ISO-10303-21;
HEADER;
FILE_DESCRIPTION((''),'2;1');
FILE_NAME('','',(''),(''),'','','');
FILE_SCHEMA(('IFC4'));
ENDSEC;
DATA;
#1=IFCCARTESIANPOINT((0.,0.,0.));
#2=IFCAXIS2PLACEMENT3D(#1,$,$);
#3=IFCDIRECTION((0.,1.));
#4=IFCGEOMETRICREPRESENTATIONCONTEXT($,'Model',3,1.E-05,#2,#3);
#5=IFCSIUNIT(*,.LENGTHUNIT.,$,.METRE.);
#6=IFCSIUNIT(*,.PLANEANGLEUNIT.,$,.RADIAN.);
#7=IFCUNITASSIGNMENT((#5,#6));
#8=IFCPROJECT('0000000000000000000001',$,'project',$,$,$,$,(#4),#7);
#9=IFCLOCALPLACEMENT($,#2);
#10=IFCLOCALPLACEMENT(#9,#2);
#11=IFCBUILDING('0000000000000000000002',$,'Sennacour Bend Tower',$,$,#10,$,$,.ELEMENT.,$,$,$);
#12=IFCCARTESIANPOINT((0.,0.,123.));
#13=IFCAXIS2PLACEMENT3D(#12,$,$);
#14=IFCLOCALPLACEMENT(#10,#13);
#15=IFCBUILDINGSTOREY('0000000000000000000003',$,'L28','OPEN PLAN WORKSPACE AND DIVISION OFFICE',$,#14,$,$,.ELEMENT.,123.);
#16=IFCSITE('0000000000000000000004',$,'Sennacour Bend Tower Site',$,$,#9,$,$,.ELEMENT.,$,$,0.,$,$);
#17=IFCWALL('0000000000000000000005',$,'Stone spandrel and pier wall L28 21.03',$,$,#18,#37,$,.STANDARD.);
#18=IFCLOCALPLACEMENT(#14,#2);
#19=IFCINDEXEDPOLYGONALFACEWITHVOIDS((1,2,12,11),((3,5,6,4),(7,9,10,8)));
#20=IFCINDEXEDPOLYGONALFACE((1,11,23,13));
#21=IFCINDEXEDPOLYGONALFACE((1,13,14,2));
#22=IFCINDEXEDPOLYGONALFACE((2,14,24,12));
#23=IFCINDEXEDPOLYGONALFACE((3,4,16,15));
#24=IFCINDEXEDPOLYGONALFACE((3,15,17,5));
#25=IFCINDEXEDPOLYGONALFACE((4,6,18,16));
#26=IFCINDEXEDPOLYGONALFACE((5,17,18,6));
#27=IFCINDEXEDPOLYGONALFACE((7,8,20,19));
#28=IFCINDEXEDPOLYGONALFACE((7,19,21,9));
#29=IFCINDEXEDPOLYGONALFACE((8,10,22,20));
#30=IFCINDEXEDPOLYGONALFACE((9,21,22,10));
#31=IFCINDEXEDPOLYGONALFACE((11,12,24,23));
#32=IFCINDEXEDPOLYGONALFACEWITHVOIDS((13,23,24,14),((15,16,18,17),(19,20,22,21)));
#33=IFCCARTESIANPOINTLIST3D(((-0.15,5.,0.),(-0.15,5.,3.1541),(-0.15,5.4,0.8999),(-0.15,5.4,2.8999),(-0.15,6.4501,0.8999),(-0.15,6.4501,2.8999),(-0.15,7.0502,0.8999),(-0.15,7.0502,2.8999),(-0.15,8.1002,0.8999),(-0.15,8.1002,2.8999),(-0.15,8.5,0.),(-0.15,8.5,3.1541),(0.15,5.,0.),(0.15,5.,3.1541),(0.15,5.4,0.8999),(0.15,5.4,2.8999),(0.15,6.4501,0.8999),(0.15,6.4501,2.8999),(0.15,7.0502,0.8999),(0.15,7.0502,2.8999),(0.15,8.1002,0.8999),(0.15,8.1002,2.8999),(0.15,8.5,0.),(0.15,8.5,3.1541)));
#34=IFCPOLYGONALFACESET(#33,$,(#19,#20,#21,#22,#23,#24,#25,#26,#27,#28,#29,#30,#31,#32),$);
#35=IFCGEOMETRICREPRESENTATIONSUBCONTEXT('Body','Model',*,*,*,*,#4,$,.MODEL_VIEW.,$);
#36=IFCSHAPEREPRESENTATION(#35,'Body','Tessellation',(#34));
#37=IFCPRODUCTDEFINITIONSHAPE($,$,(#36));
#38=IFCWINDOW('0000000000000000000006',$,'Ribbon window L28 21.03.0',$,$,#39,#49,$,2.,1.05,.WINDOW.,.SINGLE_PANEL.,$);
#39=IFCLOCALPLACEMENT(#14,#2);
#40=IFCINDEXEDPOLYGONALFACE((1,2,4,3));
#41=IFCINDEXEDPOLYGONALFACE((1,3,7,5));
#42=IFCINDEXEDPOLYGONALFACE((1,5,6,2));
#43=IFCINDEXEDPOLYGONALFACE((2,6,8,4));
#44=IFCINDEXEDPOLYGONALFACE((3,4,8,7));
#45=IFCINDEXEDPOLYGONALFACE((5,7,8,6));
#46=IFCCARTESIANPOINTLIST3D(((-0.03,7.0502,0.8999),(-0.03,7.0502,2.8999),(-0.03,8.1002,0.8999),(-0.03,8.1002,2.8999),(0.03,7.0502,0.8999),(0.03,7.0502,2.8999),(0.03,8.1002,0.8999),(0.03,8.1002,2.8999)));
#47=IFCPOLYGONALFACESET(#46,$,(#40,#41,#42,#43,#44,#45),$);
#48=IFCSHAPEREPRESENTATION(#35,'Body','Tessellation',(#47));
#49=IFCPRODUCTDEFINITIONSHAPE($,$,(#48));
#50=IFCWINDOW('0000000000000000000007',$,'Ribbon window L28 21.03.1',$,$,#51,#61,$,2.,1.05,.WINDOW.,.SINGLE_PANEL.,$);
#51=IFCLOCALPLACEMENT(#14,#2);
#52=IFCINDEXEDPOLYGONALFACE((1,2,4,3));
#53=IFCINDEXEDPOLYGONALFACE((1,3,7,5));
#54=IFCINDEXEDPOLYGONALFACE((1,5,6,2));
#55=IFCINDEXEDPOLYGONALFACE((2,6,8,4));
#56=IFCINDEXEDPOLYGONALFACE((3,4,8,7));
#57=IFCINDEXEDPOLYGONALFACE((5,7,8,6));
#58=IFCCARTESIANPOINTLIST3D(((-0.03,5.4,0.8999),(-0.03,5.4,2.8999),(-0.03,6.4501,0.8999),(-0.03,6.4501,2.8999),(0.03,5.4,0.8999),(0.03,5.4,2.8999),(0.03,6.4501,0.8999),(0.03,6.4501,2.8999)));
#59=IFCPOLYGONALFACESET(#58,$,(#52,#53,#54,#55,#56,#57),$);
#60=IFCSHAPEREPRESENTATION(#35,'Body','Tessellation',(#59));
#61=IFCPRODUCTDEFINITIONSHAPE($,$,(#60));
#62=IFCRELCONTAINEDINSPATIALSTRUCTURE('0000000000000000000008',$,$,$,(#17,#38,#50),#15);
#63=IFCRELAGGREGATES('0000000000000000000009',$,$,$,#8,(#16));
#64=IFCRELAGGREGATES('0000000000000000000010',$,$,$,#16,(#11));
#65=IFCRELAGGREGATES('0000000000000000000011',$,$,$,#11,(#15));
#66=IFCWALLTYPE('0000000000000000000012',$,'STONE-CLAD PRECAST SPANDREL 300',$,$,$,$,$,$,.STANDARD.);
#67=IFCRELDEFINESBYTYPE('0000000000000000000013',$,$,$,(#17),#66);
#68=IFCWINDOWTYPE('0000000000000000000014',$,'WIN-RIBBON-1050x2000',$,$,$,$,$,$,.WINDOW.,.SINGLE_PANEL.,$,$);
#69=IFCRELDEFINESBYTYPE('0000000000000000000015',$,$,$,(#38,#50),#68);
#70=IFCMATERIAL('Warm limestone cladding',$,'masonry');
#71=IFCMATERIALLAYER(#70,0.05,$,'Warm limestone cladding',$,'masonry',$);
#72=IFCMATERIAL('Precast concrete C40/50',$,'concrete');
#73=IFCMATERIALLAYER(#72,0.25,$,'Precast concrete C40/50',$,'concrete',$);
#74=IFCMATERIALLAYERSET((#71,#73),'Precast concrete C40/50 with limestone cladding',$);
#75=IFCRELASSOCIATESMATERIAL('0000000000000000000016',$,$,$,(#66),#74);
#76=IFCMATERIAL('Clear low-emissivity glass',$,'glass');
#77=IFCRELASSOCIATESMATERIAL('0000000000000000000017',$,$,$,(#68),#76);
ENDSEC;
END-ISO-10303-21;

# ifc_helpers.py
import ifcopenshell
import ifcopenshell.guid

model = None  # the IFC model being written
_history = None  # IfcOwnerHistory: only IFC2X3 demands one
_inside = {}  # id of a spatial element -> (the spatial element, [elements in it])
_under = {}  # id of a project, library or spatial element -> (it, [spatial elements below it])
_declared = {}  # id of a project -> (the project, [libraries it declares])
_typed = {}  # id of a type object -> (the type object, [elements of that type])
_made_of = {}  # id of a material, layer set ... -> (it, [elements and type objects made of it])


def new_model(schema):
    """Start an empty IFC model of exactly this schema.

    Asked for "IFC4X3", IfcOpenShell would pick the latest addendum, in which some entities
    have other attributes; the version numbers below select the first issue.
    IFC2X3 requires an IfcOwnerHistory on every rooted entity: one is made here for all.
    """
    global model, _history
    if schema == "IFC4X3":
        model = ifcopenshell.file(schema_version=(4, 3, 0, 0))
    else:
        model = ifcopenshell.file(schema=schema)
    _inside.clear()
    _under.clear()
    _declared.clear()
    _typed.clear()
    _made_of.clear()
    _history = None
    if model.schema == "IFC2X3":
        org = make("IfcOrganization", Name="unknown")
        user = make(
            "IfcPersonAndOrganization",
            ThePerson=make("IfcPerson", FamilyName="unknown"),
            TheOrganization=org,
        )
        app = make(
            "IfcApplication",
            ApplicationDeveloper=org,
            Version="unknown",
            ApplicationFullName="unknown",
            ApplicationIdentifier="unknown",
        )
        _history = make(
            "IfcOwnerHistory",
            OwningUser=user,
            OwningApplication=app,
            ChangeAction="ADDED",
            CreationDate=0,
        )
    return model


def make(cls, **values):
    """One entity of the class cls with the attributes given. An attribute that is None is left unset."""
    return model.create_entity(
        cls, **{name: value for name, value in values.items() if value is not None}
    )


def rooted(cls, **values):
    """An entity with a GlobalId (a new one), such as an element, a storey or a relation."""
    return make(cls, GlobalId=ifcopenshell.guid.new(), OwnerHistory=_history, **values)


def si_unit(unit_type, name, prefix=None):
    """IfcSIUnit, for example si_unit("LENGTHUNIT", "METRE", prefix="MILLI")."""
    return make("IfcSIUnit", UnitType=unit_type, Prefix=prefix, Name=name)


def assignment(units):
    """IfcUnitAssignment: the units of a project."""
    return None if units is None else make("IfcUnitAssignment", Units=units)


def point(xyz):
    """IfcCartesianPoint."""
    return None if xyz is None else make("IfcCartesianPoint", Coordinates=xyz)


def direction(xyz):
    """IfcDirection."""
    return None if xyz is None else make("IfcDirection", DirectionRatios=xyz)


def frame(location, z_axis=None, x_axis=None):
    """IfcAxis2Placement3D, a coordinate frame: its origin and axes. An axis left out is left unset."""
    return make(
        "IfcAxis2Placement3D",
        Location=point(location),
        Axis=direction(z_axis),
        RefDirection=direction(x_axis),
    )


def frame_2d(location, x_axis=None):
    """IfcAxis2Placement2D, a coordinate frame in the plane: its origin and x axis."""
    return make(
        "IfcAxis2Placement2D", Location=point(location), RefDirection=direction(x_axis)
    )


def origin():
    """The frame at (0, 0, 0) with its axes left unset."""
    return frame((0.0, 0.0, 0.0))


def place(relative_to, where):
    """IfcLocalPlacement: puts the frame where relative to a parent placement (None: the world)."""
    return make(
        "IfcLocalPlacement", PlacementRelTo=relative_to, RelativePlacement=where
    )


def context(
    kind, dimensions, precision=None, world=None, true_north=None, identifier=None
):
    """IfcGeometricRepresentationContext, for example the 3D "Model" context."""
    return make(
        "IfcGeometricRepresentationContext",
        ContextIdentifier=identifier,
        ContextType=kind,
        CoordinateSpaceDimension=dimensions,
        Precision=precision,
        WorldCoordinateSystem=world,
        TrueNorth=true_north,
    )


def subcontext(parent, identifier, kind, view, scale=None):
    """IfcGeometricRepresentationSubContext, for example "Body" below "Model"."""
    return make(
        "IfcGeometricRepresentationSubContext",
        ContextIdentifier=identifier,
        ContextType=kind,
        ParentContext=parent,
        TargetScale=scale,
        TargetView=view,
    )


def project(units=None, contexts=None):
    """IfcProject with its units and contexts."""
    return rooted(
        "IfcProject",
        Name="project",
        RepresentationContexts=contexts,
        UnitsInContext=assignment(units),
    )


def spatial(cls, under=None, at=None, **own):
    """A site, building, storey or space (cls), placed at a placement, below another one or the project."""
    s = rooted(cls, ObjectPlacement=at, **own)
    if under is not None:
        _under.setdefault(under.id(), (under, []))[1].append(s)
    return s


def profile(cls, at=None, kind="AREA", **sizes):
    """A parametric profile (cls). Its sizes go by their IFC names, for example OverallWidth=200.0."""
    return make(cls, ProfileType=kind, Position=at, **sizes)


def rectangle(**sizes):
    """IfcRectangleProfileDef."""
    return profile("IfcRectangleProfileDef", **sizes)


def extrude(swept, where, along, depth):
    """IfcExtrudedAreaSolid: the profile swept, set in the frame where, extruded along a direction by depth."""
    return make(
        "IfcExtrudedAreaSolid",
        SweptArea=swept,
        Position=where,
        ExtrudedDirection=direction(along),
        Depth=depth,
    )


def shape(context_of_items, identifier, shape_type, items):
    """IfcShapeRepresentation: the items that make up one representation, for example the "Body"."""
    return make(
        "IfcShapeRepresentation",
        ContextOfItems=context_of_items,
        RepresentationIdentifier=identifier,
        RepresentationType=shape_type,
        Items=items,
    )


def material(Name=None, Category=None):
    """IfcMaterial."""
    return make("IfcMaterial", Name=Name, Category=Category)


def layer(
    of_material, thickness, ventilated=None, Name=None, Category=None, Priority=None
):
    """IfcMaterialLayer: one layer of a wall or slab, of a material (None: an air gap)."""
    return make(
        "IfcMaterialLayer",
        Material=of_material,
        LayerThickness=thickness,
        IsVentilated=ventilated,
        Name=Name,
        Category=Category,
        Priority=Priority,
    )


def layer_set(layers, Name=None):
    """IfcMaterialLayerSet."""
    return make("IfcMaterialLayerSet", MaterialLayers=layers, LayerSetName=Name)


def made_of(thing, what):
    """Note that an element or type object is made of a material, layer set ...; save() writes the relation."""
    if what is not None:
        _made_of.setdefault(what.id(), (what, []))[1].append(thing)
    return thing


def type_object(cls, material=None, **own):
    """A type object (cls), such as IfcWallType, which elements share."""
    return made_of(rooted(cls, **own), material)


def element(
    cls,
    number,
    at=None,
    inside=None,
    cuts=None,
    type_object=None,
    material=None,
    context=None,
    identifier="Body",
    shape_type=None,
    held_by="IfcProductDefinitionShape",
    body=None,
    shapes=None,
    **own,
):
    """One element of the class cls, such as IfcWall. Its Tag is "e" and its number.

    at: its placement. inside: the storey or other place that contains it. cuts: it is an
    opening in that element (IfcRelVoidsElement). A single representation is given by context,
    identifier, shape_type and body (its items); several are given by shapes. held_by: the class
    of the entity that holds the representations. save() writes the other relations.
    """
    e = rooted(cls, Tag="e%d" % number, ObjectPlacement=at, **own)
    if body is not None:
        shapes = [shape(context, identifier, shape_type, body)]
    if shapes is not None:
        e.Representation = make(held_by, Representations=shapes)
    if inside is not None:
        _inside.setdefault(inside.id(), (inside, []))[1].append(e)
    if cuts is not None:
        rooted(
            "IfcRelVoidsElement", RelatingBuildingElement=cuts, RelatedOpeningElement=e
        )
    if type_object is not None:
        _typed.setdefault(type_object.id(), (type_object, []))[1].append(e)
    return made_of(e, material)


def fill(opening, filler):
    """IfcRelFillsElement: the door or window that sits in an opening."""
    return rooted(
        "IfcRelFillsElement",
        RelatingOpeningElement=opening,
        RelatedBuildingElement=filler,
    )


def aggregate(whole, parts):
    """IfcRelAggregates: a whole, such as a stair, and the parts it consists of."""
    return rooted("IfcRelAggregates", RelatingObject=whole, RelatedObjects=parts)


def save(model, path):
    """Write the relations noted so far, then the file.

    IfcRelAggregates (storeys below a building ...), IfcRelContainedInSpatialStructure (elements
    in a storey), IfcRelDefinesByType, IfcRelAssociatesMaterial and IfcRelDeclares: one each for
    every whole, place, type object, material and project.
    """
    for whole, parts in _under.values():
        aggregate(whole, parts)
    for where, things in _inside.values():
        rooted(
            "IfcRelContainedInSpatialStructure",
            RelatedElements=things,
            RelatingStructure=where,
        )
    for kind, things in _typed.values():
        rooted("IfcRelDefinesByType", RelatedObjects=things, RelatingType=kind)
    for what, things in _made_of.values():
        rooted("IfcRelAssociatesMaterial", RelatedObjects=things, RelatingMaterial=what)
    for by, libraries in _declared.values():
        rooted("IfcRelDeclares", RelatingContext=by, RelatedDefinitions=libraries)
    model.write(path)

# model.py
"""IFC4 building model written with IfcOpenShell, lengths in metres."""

from ifc_helpers import new_model, si_unit, direction, frame, frame_2d, origin, place, context, subcontext, project, spatial, rectangle, extrude, material, layer, layer_set, type_object, element, fill, save


model = new_model("IFC4")

# Units and contexts
model_context = context("Model", 3, precision=1e-05, world=origin(), true_north=direction((0.0, 1.0)))
body_context = subcontext(model_context, "Body", "Model", "MODEL_VIEW")
ifc_project = project(units=[si_unit("LENGTHUNIT", "METRE"), si_unit("PLANEANGLEUNIT", "RADIAN")], contexts=[model_context])

# Site, building, storey
site_placement = place(None, origin())
site = spatial("IfcSite", under=ifc_project, at=site_placement, Name="Sennacour Bend Tower Site", CompositionType="ELEMENT", RefElevation=0.0)
building_placement = place(site_placement, origin())
building = spatial("IfcBuilding", under=site, at=building_placement, Name="Sennacour Bend Tower", CompositionType="ELEMENT")
storey_placement = place(building_placement, frame((0.0, 0.0, 123.0)))
storey = spatial("IfcBuildingStorey", under=building, at=storey_placement, Name="L28", Description="OPEN PLAN WORKSPACE AND DIVISION OFFICE", CompositionType="ELEMENT", Elevation=123.0)

# Wall, openings, windows
ifc_material_1 = material(Name="Warm limestone cladding", Category="masonry")
ifc_layer_1 = layer(ifc_material_1, 0.05, Name="Warm limestone cladding", Category="masonry")
ifc_material_2 = material(Name="Precast concrete C40/50", Category="concrete")
ifc_layer_2 = layer(ifc_material_2, 0.25, Name="Precast concrete C40/50", Category="concrete")
ifc_layer_set = layer_set([ifc_layer_1, ifc_layer_2], Name="Precast concrete C40/50 with limestone cladding")
wall_type = type_object("IfcWallType", Name="STONE-CLAD PRECAST SPANDREL 300", PredefinedType="STANDARD", material=ifc_layer_set)
ifc_material_3 = material(Name="Clear low-emissivity glass", Category="glass")
window_type = type_object("IfcWindowType", Name="WIN-RIBBON-1050x2000", PartitioningType="SINGLE_PANEL", PredefinedType="WINDOW", material=ifc_material_3)
wall_1_placement = place(storey_placement, frame((0.0, 8.5, 0.0), z_axis=(0.0, 0.0, 1.0), x_axis=(0.0, -1.0, 0.0)))
wall_1 = element("IfcWall", 1, at=wall_1_placement, inside=storey, type_object=wall_type, Name="Stone spandrel and pier wall L28 21.03", PredefinedType="STANDARD", context=body_context, shape_type="SweptSolid", body=[
    extrude(rectangle(XDim=3.5, YDim=0.3, at=frame_2d((1.75, 0.0))), origin(), (0.0, 0.0, 1.0), 3.1541),
])
opening_1_placement = place(wall_1_placement, frame((0.3999, 0.0, 0.8999)))
opening_1 = element("IfcOpeningElement", 2, at=opening_1_placement, cuts=wall_1, PredefinedType="OPENING", context=body_context, shape_type="SweptSolid", body=[
    extrude(rectangle(XDim=1.05, YDim=2.0, at=frame_2d((0.5249, 1.0))), frame((0.0, 0.1602, 0.0), z_axis=(0.0, -1.0, 0.0), x_axis=(1.0, 0.0, 0.0)), (0.0, 0.0, 1.0), 0.3201),
])
opening_2_placement = place(wall_1_placement, frame((2.05, 0.0, 0.8999)))
opening_2 = element("IfcOpeningElement", 3, at=opening_2_placement, cuts=wall_1, PredefinedType="OPENING", context=body_context, shape_type="SweptSolid", body=[
    extrude(rectangle(XDim=1.05, YDim=2.0, at=frame_2d((0.5249, 1.0))), frame((0.0, 0.1602, 0.0), z_axis=(0.0, -1.0, 0.0), x_axis=(1.0, 0.0, 0.0)), (0.0, 0.0, 1.0), 0.3201),
])
window_1_placement = place(opening_1_placement, origin())
window_1 = element("IfcWindow", 4, at=window_1_placement, inside=storey, type_object=window_type, Name="Ribbon window L28 21.03.0", OverallHeight=2.0, OverallWidth=1.05, PartitioningType="SINGLE_PANEL", PredefinedType="WINDOW", context=body_context, shape_type="SweptSolid", body=[
    extrude(rectangle(XDim=1.05, YDim=2.0, at=frame_2d((0.5249, 1.0))), frame((0.0, 0.03, 0.0), z_axis=(0.0, -1.0, 0.0), x_axis=(1.0, 0.0, 0.0)), (0.0, 0.0, 1.0), 0.0601),
])
fill(opening_1, window_1)
window_2_placement = place(opening_2_placement, origin())
window_2 = element("IfcWindow", 5, at=window_2_placement, inside=storey, type_object=window_type, Name="Ribbon window L28 21.03.1", OverallHeight=2.0, OverallWidth=1.05, PartitioningType="SINGLE_PANEL", PredefinedType="WINDOW", context=body_context, shape_type="SweptSolid", body=[
    extrude(rectangle(XDim=1.05, YDim=2.0, at=frame_2d((0.5249, 1.0))), frame((0.0, 0.03, 0.0), z_axis=(0.0, -1.0, 0.0), x_axis=(1.0, 0.0, 0.0)), (0.0, 0.0, 1.0), 0.0601),
])
fill(opening_2, window_2)

save(model, "model.ifc")
